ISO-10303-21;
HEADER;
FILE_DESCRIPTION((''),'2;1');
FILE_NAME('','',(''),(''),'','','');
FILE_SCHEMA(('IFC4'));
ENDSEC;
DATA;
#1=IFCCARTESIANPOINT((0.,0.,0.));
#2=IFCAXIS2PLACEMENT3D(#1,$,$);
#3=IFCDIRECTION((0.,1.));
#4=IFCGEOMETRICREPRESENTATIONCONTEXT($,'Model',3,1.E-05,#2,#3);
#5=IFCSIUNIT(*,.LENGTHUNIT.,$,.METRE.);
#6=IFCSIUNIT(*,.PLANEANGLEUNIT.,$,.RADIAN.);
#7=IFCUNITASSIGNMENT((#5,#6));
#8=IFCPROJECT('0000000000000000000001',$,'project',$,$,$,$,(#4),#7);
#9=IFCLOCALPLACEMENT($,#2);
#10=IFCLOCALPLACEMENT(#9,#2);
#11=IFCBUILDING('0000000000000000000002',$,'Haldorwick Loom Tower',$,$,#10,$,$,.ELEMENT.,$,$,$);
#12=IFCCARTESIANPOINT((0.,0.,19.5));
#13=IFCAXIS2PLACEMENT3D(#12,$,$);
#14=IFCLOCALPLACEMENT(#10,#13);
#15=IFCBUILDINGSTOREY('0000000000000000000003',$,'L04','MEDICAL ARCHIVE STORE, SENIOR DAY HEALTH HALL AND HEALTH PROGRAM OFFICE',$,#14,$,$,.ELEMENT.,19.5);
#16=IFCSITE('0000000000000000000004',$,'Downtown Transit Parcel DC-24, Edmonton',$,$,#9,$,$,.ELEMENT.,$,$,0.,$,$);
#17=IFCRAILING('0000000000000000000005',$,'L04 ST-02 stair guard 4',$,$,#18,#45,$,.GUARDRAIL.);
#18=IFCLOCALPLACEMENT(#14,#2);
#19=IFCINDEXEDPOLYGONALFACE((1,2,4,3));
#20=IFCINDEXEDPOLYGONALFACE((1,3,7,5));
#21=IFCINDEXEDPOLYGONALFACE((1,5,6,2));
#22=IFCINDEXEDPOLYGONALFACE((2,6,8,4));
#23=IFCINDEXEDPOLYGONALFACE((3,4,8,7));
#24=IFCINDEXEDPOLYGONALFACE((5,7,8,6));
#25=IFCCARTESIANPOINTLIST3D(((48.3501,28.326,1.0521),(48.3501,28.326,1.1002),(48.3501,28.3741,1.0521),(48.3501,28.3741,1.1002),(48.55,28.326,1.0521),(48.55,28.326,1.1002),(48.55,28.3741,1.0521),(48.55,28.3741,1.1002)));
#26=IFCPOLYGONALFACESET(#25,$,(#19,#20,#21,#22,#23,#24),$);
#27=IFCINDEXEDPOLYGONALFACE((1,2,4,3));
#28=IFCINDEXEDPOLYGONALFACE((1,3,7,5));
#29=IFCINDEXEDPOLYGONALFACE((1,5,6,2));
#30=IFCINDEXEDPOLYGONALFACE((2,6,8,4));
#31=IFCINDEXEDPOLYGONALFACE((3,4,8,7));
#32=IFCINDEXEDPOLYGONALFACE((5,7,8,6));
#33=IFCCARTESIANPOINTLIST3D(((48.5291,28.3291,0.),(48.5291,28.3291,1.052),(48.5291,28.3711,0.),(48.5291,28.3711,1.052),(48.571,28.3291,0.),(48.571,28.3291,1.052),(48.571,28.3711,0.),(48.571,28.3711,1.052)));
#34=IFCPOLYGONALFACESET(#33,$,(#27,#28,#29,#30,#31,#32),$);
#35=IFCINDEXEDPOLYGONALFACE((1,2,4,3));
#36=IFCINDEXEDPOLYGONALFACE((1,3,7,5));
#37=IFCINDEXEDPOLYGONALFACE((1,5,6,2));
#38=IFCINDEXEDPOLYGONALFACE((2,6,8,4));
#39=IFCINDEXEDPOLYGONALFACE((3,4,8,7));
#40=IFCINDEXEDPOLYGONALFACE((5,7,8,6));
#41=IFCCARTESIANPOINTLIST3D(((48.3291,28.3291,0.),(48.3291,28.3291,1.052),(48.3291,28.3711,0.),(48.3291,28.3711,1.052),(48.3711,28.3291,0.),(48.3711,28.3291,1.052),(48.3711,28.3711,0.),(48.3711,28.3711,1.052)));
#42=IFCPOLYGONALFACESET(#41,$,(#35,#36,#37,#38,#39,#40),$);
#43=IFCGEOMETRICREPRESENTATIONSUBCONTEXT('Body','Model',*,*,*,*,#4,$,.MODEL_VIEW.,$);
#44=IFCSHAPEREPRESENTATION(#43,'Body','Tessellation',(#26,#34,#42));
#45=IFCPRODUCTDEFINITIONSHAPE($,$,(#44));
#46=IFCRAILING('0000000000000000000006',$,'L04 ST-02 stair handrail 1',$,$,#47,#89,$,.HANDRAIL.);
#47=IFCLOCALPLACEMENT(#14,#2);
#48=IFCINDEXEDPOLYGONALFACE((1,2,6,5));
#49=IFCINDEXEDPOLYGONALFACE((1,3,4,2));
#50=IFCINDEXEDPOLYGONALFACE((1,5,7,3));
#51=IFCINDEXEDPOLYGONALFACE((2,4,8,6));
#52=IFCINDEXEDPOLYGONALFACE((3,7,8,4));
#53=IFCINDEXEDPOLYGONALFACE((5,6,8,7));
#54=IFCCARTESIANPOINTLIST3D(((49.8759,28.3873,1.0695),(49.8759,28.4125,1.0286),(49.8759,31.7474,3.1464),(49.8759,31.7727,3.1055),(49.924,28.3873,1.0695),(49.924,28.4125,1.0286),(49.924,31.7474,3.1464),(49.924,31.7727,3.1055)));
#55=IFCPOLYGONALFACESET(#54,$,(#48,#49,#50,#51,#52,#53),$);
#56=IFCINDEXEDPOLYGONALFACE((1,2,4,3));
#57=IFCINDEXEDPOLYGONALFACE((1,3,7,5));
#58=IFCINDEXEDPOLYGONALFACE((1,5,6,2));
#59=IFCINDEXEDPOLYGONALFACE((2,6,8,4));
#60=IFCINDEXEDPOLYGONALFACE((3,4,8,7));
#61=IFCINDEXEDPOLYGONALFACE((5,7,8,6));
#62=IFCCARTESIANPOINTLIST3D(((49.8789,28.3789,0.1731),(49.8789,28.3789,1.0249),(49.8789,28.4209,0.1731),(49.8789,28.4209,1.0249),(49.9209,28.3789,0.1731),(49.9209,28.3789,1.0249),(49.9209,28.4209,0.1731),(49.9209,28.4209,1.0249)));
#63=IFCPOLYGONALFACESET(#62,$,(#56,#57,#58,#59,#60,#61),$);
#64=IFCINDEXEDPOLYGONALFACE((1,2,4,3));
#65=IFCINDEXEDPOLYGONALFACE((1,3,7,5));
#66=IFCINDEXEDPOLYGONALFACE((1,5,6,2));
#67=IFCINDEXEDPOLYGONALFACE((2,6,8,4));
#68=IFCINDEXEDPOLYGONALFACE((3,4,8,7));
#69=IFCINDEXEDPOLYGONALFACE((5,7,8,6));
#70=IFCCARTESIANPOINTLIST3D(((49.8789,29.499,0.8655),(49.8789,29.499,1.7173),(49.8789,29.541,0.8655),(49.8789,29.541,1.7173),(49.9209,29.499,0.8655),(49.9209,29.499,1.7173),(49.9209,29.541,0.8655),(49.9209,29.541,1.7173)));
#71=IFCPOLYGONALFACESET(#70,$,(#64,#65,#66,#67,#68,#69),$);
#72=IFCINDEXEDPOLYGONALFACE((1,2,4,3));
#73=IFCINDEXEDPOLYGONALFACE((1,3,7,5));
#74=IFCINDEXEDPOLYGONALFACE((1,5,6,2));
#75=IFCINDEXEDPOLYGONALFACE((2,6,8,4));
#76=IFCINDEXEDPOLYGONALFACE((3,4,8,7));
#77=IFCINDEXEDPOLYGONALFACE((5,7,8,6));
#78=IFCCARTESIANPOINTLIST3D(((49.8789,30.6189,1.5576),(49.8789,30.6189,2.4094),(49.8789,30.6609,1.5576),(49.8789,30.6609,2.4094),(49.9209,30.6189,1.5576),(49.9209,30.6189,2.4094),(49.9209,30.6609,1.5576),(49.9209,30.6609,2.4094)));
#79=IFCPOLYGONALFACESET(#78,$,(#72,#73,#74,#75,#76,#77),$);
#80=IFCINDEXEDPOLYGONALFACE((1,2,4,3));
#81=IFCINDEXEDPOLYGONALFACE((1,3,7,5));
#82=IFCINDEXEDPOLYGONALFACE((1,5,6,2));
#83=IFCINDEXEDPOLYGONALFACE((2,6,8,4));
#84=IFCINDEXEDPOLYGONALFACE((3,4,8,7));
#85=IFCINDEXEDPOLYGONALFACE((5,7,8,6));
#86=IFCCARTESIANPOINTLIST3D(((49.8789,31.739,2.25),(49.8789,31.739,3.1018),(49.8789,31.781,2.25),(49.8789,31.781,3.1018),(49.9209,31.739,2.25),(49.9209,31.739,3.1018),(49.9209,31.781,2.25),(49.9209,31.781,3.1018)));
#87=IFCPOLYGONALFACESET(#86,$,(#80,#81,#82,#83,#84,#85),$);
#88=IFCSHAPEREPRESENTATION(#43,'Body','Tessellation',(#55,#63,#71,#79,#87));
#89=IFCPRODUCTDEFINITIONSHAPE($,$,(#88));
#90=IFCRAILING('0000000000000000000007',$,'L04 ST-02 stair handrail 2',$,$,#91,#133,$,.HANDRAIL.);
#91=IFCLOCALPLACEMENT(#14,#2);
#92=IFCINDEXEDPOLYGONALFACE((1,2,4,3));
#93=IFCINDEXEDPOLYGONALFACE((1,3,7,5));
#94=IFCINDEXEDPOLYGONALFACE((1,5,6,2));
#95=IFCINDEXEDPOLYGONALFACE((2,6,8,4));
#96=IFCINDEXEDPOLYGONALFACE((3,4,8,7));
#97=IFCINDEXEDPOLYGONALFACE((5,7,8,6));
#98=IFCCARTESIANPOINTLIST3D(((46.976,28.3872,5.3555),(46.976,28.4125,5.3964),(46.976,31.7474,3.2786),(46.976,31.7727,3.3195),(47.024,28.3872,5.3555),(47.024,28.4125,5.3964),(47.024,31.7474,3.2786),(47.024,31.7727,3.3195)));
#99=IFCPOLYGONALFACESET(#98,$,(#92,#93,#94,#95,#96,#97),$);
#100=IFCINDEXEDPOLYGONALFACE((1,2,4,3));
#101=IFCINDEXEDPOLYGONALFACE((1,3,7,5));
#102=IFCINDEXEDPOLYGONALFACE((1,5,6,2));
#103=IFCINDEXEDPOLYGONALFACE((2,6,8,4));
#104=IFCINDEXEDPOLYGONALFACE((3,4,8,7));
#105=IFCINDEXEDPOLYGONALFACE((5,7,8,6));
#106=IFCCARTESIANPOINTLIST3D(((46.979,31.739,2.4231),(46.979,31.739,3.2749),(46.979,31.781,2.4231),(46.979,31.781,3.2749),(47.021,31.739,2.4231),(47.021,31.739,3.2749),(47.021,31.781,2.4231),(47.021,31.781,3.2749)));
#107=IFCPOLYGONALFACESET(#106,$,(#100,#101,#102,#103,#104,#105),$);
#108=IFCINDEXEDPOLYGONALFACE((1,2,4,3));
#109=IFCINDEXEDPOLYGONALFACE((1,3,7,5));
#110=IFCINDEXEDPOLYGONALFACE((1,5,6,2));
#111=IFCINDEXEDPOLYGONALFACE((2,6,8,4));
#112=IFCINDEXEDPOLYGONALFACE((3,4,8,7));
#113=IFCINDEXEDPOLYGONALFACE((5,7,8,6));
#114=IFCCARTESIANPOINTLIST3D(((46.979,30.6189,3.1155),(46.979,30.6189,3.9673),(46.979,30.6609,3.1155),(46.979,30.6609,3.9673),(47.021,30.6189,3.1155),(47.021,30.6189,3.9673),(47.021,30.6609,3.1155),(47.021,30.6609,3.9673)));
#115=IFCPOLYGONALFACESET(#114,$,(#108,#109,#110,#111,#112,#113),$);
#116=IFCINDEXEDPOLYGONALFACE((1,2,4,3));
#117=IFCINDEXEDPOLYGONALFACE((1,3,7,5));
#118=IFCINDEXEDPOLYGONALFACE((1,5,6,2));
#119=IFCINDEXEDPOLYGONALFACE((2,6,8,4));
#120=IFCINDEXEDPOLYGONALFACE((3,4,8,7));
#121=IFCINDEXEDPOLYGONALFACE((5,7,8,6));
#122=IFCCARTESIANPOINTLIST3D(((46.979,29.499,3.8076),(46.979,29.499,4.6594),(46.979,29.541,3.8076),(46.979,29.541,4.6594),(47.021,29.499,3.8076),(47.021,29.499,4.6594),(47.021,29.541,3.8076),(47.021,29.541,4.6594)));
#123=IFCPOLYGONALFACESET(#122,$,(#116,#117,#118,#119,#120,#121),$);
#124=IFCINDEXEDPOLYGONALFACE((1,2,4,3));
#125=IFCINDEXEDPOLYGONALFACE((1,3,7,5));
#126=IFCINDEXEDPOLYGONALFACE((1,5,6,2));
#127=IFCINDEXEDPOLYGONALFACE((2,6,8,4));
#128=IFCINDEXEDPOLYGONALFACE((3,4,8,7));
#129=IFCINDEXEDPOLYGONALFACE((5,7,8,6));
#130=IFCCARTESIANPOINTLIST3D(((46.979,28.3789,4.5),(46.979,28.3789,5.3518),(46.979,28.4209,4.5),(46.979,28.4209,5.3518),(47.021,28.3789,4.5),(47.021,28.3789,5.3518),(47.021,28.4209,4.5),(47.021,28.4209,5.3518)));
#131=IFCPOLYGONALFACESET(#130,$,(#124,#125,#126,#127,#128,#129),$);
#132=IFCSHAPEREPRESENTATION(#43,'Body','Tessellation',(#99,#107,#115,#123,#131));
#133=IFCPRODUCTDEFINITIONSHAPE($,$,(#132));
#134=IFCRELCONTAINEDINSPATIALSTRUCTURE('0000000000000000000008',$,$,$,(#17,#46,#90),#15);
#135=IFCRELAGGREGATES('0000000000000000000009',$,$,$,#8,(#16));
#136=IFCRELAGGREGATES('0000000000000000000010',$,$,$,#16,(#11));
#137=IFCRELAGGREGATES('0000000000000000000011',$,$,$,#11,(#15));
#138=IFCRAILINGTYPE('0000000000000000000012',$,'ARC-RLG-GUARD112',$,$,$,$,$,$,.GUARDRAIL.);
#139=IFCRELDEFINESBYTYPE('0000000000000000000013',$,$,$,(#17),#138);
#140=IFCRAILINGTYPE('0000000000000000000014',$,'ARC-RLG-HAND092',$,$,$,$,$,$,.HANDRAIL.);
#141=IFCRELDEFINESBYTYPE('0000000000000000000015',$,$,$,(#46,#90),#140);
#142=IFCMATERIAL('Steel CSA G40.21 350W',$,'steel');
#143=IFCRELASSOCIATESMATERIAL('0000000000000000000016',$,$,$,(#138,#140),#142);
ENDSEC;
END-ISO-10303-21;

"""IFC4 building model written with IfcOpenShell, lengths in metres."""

from ifc_helpers import new_model, si_unit, direction, frame, origin, origin_2d, place, context, subcontext, project, spatial, rectangle, extrude, material, type_object, element, save


model = new_model("IFC4")

# Units and contexts
model_context = context("Model", 3, precision=1e-05, world=origin(), true_north=direction((0.0, 1.0)))
body_context = subcontext(model_context, "Body", "Model", "MODEL_VIEW")
ifc_project = project(units=[si_unit("LENGTHUNIT", "METRE"), si_unit("PLANEANGLEUNIT", "RADIAN")], contexts=[model_context])

# Site, building, storey
site_placement = place(None, origin())
site = spatial("IfcSite", under=ifc_project, at=site_placement, Name="Downtown Transit Parcel DC-24, Edmonton", CompositionType="ELEMENT", RefElevation=0.0)
building_placement = place(site_placement, origin())
building = spatial("IfcBuilding", under=site, at=building_placement, Name="Haldorwick Loom Tower", CompositionType="ELEMENT")
storey_placement = place(building_placement, frame((0.0, 0.0, 19.5)))
storey = spatial("IfcBuildingStorey", under=building, at=storey_placement, Name="L04", Description="MEDICAL ARCHIVE STORE, SENIOR DAY HEALTH HALL AND HEALTH PROGRAM OFFICE", CompositionType="ELEMENT", Elevation=19.5)

# Shared definitions
ifc_material_1 = material(Name="Steel CSA G40.21 350W", Category="steel")

# Railings
railing_type_1 = type_object("IfcRailingType", Name="ARC-RLG-GUARD112", PredefinedType="GUARDRAIL", material=ifc_material_1)
railing_1_placement = place(storey_placement, frame((48.55, 28.3501, 0.0)))
element("IfcRailing", 1, at=railing_1_placement, inside=storey, type_object=railing_type_1, Name="L04 ST-02 stair guard 4", PredefinedType="GUARDRAIL", context=body_context, shape_type="SweptSolid", body=[
    extrude(rectangle(XDim=0.0481, YDim=0.0481, at=origin_2d()), frame((0.0, 0.0, 1.0762), z_axis=(-1.0, 0.0, 0.0), x_axis=(0.0, -1.0, 0.0)), (0.0, 0.0, 1.0), 0.2),
    extrude(rectangle(XDim=0.042, YDim=0.042, at=origin_2d()), origin(), (0.0, 0.0, 1.0), 1.052),
    extrude(rectangle(XDim=0.042, YDim=0.042, at=origin_2d()), frame((-0.2, 0.0, 0.0)), (0.0, 0.0, 1.0), 1.052),
])
railing_type_2 = type_object("IfcRailingType", Name="ARC-RLG-HAND092", PredefinedType="HANDRAIL", material=ifc_material_1)
railing_2_placement = place(storey_placement, frame((49.8999, 28.3999, 0.1731)))
element("IfcRailing", 2, at=railing_2_placement, inside=storey, type_object=railing_type_2, Name="L04 ST-02 stair handrail 1", PredefinedType="HANDRAIL", context=body_context, shape_type="SweptSolid", body=[
    extrude(rectangle(XDim=0.0481, YDim=0.0481, at=origin_2d()), frame((0.0, 0.0, 0.876), z_axis=(0.0, 0.850623, 0.525776), x_axis=(-1.0, 0.0, 0.0)), (0.0, 0.0, 1.0), 3.9502),
    extrude(rectangle(XDim=0.042, YDim=0.042, at=origin_2d()), origin(), (0.0, 0.0, 1.0), 0.8518),
    extrude(rectangle(XDim=0.042, YDim=0.042, at=origin_2d()), frame((0.0, 1.1201, 0.6924)), (0.0, 0.0, 1.0), 0.8518),
    extrude(rectangle(XDim=0.042, YDim=0.042, at=origin_2d()), frame((0.0, 2.24, 1.3845)), (0.0, 0.0, 1.0), 0.8518),
    extrude(rectangle(XDim=0.042, YDim=0.042, at=origin_2d()), frame((0.0, 3.3601, 2.0769)), (0.0, 0.0, 1.0), 0.8518),
])
railing_3_placement = place(storey_placement, frame((47.0, 31.76, 2.4231)))
element("IfcRailing", 3, at=railing_3_placement, inside=storey, type_object=railing_type_2, Name="L04 ST-02 stair handrail 2", PredefinedType="HANDRAIL", context=body_context, shape_type="SweptSolid", body=[
    extrude(rectangle(XDim=0.0481, YDim=0.0481, at=origin_2d()), frame((0.0, 0.0, 0.876), z_axis=(0.0, -0.850623, 0.525776), x_axis=(1.0, 0.0, 0.0)), (0.0, 0.0, 1.0), 3.9502),
    extrude(rectangle(XDim=0.042, YDim=0.042, at=origin_2d()), origin(), (0.0, 0.0, 1.0), 0.8518),
    extrude(rectangle(XDim=0.042, YDim=0.042, at=origin_2d()), frame((0.0, -1.1201, 0.6924)), (0.0, 0.0, 1.0), 0.8518),
    extrude(rectangle(XDim=0.042, YDim=0.042, at=origin_2d()), frame((0.0, -2.24, 1.3845)), (0.0, 0.0, 1.0), 0.8518),
    extrude(rectangle(XDim=0.042, YDim=0.042, at=origin_2d()), frame((0.0, -3.3601, 2.0769)), (0.0, 0.0, 1.0), 0.8518),
])

save(model, "model.ifc")
